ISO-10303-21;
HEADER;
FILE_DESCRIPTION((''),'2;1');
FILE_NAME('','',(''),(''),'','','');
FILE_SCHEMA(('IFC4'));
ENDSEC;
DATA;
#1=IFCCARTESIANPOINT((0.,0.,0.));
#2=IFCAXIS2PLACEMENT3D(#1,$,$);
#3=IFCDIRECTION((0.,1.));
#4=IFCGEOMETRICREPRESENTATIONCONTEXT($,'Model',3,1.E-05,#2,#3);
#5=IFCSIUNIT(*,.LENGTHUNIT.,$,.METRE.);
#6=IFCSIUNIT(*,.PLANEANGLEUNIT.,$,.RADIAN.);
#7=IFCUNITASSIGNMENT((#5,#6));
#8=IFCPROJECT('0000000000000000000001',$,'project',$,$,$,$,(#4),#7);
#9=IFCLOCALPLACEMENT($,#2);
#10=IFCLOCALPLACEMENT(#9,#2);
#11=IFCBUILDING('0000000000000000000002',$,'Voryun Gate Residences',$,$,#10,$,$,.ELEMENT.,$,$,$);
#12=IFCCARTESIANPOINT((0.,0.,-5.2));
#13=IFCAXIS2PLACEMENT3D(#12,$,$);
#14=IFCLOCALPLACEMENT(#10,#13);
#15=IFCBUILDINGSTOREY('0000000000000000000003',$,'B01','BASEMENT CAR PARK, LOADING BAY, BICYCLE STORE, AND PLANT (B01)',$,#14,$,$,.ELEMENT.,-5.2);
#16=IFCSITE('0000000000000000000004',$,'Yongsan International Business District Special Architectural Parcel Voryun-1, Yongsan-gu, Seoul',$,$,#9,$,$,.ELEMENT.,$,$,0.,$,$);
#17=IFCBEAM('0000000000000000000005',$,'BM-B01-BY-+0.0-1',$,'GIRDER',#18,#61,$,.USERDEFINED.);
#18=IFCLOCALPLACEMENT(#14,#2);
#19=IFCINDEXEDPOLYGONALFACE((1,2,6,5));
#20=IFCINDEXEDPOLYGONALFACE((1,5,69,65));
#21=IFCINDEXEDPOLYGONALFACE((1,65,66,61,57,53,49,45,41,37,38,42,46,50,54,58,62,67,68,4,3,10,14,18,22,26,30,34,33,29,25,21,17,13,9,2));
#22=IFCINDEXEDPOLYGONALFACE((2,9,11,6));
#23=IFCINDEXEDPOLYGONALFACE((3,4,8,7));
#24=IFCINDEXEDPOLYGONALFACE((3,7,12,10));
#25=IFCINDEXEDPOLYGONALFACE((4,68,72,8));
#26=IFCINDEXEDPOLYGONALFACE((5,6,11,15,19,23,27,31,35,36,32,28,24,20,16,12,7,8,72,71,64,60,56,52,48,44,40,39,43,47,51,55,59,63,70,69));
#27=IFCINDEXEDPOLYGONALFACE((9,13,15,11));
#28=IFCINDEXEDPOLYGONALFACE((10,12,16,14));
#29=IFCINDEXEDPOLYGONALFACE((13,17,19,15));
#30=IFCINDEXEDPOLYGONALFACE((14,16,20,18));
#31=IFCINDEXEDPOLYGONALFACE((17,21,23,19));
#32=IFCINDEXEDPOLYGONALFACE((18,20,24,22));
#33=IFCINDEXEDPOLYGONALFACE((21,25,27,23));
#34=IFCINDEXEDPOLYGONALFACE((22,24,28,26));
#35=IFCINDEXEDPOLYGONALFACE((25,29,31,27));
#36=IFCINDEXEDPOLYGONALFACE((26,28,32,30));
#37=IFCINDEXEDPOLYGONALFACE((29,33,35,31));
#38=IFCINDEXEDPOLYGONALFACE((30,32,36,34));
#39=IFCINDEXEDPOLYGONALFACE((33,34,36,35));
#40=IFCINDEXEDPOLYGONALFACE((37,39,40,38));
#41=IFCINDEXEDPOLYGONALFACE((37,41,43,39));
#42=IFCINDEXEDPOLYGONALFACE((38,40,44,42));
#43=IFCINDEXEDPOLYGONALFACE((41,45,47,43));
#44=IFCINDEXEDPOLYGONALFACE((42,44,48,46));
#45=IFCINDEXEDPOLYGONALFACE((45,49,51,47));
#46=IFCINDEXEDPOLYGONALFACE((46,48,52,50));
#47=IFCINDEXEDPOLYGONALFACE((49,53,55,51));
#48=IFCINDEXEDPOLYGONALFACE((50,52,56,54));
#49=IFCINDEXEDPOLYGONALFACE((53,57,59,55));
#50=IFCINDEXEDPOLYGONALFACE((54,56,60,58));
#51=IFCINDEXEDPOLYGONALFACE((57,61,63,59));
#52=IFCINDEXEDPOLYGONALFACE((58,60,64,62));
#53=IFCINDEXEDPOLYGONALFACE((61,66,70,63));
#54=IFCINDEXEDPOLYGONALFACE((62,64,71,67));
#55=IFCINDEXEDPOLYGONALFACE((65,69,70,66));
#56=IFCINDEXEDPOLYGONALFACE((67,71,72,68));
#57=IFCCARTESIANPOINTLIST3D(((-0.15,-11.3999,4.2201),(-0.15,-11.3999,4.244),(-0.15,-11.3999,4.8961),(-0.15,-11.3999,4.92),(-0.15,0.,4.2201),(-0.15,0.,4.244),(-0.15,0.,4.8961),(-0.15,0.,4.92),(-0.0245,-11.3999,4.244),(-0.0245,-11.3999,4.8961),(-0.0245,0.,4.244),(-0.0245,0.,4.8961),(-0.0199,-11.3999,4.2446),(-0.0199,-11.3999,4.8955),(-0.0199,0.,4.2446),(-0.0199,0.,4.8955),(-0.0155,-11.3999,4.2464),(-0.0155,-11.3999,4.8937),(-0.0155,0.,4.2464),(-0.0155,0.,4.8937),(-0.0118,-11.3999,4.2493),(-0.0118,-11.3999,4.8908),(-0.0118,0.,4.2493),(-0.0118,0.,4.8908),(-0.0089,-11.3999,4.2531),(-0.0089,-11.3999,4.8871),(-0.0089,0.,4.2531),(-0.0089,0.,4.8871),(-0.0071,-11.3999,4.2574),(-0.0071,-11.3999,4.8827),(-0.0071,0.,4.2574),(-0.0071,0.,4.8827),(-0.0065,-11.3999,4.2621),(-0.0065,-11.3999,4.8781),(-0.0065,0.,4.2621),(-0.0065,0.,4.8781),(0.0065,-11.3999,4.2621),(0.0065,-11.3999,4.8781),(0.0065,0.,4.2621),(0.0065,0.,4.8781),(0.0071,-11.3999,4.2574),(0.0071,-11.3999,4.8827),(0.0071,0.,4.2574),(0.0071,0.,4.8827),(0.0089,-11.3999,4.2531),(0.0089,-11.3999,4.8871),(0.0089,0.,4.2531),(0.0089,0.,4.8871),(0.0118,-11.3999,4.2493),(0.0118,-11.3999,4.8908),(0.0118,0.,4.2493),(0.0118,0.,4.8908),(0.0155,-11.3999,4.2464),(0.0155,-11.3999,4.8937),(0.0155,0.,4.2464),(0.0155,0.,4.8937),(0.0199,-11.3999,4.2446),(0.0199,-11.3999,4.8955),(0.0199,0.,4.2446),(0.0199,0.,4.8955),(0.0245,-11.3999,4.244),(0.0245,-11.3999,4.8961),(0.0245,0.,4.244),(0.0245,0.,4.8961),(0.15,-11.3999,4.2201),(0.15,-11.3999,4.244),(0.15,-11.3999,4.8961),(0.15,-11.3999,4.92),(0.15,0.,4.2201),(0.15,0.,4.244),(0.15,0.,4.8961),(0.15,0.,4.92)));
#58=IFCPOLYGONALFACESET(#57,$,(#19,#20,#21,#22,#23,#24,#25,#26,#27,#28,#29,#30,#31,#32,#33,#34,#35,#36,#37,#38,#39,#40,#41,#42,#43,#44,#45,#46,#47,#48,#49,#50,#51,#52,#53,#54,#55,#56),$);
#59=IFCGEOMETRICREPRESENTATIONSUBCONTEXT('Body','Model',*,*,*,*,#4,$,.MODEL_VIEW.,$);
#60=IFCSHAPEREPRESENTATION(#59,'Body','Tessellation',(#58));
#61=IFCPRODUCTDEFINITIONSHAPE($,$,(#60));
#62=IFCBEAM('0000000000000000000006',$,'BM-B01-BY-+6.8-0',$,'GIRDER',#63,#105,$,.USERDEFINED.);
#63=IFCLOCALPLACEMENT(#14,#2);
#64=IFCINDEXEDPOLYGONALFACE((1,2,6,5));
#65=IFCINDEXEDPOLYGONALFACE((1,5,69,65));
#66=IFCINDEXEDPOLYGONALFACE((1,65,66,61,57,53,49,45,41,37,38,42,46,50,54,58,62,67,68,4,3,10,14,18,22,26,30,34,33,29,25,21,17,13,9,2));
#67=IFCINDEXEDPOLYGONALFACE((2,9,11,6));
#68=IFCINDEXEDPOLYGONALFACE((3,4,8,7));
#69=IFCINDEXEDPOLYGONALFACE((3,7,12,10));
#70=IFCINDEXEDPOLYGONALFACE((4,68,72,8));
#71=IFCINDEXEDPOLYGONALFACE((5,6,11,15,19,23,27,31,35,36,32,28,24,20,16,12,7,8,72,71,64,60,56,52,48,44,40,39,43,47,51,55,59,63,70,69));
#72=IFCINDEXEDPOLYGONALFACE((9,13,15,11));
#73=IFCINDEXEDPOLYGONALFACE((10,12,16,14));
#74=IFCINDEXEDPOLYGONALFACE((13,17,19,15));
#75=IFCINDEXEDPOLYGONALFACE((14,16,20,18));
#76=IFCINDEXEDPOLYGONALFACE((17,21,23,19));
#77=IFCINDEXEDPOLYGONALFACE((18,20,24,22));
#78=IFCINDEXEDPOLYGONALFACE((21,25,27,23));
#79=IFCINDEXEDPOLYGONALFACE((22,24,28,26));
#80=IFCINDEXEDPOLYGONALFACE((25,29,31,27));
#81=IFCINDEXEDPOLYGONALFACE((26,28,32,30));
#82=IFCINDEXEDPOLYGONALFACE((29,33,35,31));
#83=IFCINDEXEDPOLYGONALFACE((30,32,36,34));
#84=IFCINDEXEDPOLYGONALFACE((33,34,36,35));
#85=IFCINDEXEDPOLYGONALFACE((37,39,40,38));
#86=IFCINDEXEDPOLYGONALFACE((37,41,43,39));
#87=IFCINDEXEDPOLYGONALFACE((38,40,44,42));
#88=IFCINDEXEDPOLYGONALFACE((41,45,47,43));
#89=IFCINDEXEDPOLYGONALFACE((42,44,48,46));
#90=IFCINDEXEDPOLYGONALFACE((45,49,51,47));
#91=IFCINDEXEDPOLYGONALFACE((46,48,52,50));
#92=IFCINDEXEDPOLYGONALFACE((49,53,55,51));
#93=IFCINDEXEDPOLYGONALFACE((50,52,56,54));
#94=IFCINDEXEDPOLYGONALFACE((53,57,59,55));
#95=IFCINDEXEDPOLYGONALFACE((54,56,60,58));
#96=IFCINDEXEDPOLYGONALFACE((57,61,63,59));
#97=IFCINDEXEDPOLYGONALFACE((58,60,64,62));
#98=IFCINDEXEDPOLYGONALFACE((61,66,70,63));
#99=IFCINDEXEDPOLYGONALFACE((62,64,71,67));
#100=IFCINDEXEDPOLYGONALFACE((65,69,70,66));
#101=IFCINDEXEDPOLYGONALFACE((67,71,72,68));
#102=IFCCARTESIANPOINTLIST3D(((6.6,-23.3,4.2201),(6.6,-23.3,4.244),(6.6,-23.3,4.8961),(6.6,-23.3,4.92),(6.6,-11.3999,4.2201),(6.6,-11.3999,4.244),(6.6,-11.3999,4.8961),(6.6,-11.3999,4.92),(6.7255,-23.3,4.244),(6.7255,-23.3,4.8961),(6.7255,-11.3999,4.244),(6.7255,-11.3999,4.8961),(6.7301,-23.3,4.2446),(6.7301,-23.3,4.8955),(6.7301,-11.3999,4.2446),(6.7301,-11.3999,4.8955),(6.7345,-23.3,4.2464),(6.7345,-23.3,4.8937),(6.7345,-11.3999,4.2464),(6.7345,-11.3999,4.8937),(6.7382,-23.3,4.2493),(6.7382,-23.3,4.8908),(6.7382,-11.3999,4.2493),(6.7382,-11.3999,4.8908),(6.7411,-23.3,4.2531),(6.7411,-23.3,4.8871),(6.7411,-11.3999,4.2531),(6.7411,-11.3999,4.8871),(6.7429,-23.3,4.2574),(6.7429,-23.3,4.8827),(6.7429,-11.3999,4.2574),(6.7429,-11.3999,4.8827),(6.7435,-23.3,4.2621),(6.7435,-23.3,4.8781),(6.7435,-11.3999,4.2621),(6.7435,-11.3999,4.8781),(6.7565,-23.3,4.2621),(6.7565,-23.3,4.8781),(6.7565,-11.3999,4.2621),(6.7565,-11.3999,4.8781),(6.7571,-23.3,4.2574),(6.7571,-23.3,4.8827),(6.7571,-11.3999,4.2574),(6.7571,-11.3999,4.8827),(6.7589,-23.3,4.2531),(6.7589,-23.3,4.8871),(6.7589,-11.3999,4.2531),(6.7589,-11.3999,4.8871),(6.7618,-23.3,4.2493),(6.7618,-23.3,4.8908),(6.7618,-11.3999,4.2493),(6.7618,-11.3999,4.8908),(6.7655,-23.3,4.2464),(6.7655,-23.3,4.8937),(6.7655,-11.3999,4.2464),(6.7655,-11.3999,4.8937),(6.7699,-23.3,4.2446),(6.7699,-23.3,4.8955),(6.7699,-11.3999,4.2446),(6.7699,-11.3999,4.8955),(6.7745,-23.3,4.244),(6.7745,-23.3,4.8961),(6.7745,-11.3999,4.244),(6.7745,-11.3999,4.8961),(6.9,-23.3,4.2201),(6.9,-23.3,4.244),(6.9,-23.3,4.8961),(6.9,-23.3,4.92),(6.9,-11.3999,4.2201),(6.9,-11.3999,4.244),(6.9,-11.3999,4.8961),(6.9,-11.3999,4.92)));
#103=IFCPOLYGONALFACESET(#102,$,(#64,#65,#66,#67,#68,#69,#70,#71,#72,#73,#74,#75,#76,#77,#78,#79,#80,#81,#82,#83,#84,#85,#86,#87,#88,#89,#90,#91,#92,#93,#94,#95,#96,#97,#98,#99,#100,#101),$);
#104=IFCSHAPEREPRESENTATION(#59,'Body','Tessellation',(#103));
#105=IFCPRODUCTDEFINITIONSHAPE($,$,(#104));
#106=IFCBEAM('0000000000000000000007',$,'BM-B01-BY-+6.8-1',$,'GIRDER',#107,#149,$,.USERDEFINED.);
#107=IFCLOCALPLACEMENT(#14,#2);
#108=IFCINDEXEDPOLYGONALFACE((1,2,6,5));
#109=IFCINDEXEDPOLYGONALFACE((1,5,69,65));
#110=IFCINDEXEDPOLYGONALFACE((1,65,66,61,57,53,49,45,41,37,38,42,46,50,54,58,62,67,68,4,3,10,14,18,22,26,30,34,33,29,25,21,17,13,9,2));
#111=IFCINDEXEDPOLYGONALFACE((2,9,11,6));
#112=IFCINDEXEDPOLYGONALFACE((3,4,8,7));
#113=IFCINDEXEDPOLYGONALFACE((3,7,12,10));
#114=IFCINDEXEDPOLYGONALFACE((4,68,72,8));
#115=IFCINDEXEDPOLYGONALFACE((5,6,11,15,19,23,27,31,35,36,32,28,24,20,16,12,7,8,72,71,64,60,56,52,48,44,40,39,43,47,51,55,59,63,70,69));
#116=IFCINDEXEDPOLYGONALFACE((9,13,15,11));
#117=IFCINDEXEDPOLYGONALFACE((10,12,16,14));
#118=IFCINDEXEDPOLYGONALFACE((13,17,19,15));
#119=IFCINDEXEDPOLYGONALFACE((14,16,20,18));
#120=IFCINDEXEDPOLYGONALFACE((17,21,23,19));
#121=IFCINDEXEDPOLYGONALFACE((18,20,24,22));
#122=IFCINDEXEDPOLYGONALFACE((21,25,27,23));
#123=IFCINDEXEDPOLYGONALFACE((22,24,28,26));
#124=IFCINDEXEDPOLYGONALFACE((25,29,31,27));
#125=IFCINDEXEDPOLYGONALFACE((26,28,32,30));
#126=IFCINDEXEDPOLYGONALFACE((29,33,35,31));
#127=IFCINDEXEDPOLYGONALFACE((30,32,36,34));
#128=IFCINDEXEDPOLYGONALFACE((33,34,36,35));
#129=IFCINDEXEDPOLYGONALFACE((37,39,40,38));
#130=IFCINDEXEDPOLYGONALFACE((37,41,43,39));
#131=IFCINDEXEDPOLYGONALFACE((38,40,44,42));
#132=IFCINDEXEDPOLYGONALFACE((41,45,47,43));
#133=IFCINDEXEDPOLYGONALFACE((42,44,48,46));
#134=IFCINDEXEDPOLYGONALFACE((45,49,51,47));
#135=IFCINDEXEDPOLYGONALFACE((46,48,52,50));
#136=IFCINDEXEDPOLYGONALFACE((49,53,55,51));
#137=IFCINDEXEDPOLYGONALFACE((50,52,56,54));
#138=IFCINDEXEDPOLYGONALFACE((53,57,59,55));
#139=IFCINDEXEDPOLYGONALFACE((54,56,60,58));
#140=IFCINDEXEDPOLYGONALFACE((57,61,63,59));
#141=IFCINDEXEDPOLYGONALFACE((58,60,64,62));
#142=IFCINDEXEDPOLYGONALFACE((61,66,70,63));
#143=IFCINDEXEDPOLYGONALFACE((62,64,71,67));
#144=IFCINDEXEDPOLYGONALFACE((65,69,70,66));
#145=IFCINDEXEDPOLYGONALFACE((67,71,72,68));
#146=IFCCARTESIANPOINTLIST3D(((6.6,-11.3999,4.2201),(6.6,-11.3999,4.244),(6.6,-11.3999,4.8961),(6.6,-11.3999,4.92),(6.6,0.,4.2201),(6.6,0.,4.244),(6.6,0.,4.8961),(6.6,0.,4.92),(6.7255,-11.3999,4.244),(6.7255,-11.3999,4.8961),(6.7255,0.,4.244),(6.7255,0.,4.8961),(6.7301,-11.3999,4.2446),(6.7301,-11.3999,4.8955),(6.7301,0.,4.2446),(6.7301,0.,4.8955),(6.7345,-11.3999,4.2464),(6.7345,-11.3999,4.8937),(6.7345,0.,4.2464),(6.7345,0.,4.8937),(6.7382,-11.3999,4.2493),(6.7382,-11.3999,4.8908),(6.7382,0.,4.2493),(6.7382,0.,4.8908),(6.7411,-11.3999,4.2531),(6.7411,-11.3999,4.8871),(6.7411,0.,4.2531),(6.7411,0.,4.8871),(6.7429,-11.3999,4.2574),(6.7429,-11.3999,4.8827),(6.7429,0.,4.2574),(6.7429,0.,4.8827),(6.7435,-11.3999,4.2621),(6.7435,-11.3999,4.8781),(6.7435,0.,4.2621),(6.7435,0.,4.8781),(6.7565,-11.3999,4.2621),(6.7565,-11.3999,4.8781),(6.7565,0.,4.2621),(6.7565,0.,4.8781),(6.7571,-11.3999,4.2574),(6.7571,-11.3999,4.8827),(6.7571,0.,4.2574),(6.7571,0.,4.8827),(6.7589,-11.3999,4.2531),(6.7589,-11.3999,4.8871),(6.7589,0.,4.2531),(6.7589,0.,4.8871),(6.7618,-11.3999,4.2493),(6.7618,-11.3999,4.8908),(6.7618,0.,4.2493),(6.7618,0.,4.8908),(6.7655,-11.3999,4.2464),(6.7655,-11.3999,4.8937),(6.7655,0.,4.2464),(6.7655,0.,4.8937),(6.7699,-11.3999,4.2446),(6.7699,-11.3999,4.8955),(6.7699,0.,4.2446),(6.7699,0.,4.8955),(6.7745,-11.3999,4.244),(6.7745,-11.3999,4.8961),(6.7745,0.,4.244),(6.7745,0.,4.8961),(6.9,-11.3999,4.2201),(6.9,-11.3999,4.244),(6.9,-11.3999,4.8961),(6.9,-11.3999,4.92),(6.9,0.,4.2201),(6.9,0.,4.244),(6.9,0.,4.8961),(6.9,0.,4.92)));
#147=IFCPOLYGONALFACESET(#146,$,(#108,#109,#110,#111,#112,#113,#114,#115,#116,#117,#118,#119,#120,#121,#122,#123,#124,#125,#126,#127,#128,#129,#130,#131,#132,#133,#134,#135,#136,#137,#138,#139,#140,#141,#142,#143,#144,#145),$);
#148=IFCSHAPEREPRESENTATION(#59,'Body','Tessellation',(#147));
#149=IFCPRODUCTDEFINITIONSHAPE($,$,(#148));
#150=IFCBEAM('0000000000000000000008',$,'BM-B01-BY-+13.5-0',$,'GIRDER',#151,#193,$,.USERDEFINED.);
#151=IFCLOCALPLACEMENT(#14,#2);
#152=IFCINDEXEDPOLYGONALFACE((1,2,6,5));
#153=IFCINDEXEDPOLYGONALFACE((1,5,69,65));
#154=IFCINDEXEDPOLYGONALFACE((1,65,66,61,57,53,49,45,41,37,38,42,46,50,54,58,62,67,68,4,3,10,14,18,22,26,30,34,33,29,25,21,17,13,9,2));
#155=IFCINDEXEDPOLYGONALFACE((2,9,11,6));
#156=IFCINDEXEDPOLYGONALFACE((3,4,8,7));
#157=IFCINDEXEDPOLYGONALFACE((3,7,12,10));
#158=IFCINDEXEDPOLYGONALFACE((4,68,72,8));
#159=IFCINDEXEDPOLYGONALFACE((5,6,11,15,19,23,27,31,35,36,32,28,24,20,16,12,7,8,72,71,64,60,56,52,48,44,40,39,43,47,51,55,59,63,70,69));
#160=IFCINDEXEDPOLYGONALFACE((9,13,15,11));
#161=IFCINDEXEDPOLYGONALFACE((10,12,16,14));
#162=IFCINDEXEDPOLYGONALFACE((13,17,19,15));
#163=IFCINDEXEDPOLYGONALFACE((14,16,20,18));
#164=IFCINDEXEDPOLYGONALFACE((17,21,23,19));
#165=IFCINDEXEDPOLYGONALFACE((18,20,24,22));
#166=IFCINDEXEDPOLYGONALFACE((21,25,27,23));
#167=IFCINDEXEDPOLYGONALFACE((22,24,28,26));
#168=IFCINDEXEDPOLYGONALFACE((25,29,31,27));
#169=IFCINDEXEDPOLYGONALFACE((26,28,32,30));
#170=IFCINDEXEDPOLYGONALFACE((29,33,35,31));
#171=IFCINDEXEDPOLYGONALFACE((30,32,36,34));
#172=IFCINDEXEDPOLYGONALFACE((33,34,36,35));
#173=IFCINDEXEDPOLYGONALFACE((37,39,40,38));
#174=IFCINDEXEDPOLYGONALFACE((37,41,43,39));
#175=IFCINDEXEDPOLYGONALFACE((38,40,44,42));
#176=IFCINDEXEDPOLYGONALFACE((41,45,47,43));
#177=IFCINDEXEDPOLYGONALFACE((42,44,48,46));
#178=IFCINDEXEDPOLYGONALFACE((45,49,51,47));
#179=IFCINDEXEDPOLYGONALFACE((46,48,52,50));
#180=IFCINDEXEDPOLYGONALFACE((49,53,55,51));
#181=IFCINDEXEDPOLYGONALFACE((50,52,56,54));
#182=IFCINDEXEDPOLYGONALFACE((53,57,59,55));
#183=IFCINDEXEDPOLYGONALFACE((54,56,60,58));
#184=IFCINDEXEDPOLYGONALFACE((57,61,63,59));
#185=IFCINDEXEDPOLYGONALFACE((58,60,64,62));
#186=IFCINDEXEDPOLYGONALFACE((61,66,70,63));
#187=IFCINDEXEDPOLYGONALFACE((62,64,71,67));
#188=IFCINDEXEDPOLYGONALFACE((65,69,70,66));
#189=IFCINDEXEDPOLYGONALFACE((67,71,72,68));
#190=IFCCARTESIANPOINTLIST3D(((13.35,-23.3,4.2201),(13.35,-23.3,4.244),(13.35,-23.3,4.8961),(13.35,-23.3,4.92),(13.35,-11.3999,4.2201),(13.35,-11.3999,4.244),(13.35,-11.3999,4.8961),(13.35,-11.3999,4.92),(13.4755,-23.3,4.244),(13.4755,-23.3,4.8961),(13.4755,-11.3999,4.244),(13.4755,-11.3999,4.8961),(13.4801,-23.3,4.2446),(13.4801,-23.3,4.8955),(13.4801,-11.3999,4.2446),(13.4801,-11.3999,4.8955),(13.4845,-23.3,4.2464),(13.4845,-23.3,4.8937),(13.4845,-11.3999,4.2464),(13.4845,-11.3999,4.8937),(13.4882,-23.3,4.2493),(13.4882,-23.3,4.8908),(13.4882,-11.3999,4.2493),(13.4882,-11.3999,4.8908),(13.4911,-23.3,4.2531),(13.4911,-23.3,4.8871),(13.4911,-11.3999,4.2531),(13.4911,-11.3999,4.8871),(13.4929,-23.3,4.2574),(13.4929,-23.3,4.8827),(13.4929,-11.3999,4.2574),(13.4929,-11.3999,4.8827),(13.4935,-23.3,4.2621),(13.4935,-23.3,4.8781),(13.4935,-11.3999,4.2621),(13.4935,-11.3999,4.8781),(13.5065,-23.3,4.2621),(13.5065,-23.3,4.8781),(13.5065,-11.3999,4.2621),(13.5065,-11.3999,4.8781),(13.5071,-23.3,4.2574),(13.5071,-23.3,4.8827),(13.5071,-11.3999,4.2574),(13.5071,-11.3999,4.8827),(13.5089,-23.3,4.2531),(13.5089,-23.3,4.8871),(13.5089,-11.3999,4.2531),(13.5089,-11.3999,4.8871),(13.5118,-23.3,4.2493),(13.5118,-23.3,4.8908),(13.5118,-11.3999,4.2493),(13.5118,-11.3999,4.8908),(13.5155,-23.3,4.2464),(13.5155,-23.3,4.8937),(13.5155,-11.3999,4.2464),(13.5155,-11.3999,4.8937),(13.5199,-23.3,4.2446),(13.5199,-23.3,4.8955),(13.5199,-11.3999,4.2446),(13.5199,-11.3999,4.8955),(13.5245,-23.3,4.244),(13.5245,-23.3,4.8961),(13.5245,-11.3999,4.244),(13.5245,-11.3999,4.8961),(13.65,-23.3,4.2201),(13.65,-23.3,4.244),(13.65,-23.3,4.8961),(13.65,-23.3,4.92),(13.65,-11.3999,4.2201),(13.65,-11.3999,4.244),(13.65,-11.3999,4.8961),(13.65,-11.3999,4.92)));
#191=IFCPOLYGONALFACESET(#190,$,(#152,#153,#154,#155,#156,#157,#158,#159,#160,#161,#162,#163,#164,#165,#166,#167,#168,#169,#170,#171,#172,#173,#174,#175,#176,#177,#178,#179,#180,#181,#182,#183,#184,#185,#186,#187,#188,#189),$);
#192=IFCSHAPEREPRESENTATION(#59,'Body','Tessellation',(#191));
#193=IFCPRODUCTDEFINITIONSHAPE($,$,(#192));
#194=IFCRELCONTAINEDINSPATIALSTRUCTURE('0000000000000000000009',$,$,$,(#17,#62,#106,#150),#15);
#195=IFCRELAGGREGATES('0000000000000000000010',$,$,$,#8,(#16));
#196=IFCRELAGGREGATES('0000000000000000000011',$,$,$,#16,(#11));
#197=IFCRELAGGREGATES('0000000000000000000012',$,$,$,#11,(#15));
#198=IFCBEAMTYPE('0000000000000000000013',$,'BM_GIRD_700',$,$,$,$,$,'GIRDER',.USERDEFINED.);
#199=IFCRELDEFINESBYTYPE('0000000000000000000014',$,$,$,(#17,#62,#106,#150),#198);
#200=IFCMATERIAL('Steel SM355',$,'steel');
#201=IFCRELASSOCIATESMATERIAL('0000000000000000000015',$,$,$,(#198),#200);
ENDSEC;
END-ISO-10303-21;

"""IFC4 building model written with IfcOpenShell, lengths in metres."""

from ifc_helpers import new_model, si_unit, direction, frame, origin, origin_2d, place, context, subcontext, project, spatial, i_section, extrude, material, material_profile, profile_set, type_object, element, save


model = new_model("IFC4")

# Units and contexts
model_context = context("Model", 3, precision=1e-05, world=origin(), true_north=direction((0.0, 1.0)))
body_context = subcontext(model_context, "Body", "Model", "MODEL_VIEW")
ifc_project = project(units=[si_unit("LENGTHUNIT", "METRE"), si_unit("PLANEANGLEUNIT", "RADIAN")], contexts=[model_context])

# Site, building, storey
site_placement = place(None, origin())
site = spatial("IfcSite", under=ifc_project, at=site_placement, Name="Yongsan International Business District Special Architectural Parcel Voryun-1, Yongsan-gu, Seoul", CompositionType="ELEMENT", RefElevation=0.0)
building_placement = place(site_placement, origin())
building = spatial("IfcBuilding", under=site, at=building_placement, Name="Voryun Gate Residences", CompositionType="ELEMENT")
storey_placement = place(building_placement, frame((0.0, 0.0, -5.2)))
storey = spatial("IfcBuildingStorey", under=building, at=storey_placement, Name="B01", Description="BASEMENT CAR PARK, LOADING BAY, BICYCLE STORE, AND PLANT (B01)", CompositionType="ELEMENT", Elevation=-5.2)

# Beams
ifc_material_1 = material(Name="Steel SM355", Category="steel")
ifc_material_profile_1 = material_profile(ifc_material_1, i_section(OverallWidth=0.3, OverallDepth=0.7, WebThickness=0.0129, FlangeThickness=0.0239, FilletRadius=0.0181, at=origin_2d()), Name="H-700x300x13x24")
ifc_profile_set_1 = profile_set([ifc_material_profile_1], Name="Steel SM355")
beam_type_1 = type_object("IfcBeamType", Name="BM_GIRD_700", ElementType="GIRDER", PredefinedType="USERDEFINED", material=ifc_profile_set_1)
beam_1_placement = place(storey_placement, frame((0.0, -11.3999, 4.5701), z_axis=(0.0, 1.0, 0.0), x_axis=(-1.0, 0.0, 0.0)))
element("IfcBeam", 1, at=beam_1_placement, inside=storey, type_object=beam_type_1, Name="BM-B01-BY-+0.0-1", ObjectType="GIRDER", PredefinedType="USERDEFINED", context=body_context, shape_type="SweptSolid", body=[
    extrude(i_section(OverallWidth=0.3, OverallDepth=0.7, WebThickness=0.0129, FlangeThickness=0.0239, FilletRadius=0.0181, at=origin_2d()), origin(), (0.0, 0.0, 1.0), 11.3999),
])
beam_2_placement = place(storey_placement, frame((6.75, -23.3, 4.5701), z_axis=(0.0, 1.0, 0.0), x_axis=(-1.0, 0.0, 0.0)))
element("IfcBeam", 2, at=beam_2_placement, inside=storey, type_object=beam_type_1, Name="BM-B01-BY-+6.8-0", ObjectType="GIRDER", PredefinedType="USERDEFINED", context=body_context, shape_type="SweptSolid", body=[
    extrude(i_section(OverallWidth=0.3, OverallDepth=0.7, WebThickness=0.0129, FlangeThickness=0.0239, FilletRadius=0.0181, at=origin_2d()), origin(), (0.0, 0.0, 1.0), 11.9001),
])
beam_3_placement = place(storey_placement, frame((6.75, -11.3999, 4.5701), z_axis=(0.0, 1.0, 0.0), x_axis=(-1.0, 0.0, 0.0)))
element("IfcBeam", 3, at=beam_3_placement, inside=storey, type_object=beam_type_1, Name="BM-B01-BY-+6.8-1", ObjectType="GIRDER", PredefinedType="USERDEFINED", context=body_context, shape_type="SweptSolid", body=[
    extrude(i_section(OverallWidth=0.3, OverallDepth=0.7, WebThickness=0.0129, FlangeThickness=0.0239, FilletRadius=0.0181, at=origin_2d()), origin(), (0.0, 0.0, 1.0), 11.3999),
])
beam_4_placement = place(storey_placement, frame((13.5, -23.3, 4.5701), z_axis=(0.0, 1.0, 0.0), x_axis=(-1.0, 0.0, 0.0)))
element("IfcBeam", 4, at=beam_4_placement, inside=storey, type_object=beam_type_1, Name="BM-B01-BY-+13.5-0", ObjectType="GIRDER", PredefinedType="USERDEFINED", context=body_context, shape_type="SweptSolid", body=[
    extrude(i_section(OverallWidth=0.3, OverallDepth=0.7, WebThickness=0.0129, FlangeThickness=0.0239, FilletRadius=0.0181, at=origin_2d()), origin(), (0.0, 0.0, 1.0), 11.9001),
])

save(model, "model.ifc")
